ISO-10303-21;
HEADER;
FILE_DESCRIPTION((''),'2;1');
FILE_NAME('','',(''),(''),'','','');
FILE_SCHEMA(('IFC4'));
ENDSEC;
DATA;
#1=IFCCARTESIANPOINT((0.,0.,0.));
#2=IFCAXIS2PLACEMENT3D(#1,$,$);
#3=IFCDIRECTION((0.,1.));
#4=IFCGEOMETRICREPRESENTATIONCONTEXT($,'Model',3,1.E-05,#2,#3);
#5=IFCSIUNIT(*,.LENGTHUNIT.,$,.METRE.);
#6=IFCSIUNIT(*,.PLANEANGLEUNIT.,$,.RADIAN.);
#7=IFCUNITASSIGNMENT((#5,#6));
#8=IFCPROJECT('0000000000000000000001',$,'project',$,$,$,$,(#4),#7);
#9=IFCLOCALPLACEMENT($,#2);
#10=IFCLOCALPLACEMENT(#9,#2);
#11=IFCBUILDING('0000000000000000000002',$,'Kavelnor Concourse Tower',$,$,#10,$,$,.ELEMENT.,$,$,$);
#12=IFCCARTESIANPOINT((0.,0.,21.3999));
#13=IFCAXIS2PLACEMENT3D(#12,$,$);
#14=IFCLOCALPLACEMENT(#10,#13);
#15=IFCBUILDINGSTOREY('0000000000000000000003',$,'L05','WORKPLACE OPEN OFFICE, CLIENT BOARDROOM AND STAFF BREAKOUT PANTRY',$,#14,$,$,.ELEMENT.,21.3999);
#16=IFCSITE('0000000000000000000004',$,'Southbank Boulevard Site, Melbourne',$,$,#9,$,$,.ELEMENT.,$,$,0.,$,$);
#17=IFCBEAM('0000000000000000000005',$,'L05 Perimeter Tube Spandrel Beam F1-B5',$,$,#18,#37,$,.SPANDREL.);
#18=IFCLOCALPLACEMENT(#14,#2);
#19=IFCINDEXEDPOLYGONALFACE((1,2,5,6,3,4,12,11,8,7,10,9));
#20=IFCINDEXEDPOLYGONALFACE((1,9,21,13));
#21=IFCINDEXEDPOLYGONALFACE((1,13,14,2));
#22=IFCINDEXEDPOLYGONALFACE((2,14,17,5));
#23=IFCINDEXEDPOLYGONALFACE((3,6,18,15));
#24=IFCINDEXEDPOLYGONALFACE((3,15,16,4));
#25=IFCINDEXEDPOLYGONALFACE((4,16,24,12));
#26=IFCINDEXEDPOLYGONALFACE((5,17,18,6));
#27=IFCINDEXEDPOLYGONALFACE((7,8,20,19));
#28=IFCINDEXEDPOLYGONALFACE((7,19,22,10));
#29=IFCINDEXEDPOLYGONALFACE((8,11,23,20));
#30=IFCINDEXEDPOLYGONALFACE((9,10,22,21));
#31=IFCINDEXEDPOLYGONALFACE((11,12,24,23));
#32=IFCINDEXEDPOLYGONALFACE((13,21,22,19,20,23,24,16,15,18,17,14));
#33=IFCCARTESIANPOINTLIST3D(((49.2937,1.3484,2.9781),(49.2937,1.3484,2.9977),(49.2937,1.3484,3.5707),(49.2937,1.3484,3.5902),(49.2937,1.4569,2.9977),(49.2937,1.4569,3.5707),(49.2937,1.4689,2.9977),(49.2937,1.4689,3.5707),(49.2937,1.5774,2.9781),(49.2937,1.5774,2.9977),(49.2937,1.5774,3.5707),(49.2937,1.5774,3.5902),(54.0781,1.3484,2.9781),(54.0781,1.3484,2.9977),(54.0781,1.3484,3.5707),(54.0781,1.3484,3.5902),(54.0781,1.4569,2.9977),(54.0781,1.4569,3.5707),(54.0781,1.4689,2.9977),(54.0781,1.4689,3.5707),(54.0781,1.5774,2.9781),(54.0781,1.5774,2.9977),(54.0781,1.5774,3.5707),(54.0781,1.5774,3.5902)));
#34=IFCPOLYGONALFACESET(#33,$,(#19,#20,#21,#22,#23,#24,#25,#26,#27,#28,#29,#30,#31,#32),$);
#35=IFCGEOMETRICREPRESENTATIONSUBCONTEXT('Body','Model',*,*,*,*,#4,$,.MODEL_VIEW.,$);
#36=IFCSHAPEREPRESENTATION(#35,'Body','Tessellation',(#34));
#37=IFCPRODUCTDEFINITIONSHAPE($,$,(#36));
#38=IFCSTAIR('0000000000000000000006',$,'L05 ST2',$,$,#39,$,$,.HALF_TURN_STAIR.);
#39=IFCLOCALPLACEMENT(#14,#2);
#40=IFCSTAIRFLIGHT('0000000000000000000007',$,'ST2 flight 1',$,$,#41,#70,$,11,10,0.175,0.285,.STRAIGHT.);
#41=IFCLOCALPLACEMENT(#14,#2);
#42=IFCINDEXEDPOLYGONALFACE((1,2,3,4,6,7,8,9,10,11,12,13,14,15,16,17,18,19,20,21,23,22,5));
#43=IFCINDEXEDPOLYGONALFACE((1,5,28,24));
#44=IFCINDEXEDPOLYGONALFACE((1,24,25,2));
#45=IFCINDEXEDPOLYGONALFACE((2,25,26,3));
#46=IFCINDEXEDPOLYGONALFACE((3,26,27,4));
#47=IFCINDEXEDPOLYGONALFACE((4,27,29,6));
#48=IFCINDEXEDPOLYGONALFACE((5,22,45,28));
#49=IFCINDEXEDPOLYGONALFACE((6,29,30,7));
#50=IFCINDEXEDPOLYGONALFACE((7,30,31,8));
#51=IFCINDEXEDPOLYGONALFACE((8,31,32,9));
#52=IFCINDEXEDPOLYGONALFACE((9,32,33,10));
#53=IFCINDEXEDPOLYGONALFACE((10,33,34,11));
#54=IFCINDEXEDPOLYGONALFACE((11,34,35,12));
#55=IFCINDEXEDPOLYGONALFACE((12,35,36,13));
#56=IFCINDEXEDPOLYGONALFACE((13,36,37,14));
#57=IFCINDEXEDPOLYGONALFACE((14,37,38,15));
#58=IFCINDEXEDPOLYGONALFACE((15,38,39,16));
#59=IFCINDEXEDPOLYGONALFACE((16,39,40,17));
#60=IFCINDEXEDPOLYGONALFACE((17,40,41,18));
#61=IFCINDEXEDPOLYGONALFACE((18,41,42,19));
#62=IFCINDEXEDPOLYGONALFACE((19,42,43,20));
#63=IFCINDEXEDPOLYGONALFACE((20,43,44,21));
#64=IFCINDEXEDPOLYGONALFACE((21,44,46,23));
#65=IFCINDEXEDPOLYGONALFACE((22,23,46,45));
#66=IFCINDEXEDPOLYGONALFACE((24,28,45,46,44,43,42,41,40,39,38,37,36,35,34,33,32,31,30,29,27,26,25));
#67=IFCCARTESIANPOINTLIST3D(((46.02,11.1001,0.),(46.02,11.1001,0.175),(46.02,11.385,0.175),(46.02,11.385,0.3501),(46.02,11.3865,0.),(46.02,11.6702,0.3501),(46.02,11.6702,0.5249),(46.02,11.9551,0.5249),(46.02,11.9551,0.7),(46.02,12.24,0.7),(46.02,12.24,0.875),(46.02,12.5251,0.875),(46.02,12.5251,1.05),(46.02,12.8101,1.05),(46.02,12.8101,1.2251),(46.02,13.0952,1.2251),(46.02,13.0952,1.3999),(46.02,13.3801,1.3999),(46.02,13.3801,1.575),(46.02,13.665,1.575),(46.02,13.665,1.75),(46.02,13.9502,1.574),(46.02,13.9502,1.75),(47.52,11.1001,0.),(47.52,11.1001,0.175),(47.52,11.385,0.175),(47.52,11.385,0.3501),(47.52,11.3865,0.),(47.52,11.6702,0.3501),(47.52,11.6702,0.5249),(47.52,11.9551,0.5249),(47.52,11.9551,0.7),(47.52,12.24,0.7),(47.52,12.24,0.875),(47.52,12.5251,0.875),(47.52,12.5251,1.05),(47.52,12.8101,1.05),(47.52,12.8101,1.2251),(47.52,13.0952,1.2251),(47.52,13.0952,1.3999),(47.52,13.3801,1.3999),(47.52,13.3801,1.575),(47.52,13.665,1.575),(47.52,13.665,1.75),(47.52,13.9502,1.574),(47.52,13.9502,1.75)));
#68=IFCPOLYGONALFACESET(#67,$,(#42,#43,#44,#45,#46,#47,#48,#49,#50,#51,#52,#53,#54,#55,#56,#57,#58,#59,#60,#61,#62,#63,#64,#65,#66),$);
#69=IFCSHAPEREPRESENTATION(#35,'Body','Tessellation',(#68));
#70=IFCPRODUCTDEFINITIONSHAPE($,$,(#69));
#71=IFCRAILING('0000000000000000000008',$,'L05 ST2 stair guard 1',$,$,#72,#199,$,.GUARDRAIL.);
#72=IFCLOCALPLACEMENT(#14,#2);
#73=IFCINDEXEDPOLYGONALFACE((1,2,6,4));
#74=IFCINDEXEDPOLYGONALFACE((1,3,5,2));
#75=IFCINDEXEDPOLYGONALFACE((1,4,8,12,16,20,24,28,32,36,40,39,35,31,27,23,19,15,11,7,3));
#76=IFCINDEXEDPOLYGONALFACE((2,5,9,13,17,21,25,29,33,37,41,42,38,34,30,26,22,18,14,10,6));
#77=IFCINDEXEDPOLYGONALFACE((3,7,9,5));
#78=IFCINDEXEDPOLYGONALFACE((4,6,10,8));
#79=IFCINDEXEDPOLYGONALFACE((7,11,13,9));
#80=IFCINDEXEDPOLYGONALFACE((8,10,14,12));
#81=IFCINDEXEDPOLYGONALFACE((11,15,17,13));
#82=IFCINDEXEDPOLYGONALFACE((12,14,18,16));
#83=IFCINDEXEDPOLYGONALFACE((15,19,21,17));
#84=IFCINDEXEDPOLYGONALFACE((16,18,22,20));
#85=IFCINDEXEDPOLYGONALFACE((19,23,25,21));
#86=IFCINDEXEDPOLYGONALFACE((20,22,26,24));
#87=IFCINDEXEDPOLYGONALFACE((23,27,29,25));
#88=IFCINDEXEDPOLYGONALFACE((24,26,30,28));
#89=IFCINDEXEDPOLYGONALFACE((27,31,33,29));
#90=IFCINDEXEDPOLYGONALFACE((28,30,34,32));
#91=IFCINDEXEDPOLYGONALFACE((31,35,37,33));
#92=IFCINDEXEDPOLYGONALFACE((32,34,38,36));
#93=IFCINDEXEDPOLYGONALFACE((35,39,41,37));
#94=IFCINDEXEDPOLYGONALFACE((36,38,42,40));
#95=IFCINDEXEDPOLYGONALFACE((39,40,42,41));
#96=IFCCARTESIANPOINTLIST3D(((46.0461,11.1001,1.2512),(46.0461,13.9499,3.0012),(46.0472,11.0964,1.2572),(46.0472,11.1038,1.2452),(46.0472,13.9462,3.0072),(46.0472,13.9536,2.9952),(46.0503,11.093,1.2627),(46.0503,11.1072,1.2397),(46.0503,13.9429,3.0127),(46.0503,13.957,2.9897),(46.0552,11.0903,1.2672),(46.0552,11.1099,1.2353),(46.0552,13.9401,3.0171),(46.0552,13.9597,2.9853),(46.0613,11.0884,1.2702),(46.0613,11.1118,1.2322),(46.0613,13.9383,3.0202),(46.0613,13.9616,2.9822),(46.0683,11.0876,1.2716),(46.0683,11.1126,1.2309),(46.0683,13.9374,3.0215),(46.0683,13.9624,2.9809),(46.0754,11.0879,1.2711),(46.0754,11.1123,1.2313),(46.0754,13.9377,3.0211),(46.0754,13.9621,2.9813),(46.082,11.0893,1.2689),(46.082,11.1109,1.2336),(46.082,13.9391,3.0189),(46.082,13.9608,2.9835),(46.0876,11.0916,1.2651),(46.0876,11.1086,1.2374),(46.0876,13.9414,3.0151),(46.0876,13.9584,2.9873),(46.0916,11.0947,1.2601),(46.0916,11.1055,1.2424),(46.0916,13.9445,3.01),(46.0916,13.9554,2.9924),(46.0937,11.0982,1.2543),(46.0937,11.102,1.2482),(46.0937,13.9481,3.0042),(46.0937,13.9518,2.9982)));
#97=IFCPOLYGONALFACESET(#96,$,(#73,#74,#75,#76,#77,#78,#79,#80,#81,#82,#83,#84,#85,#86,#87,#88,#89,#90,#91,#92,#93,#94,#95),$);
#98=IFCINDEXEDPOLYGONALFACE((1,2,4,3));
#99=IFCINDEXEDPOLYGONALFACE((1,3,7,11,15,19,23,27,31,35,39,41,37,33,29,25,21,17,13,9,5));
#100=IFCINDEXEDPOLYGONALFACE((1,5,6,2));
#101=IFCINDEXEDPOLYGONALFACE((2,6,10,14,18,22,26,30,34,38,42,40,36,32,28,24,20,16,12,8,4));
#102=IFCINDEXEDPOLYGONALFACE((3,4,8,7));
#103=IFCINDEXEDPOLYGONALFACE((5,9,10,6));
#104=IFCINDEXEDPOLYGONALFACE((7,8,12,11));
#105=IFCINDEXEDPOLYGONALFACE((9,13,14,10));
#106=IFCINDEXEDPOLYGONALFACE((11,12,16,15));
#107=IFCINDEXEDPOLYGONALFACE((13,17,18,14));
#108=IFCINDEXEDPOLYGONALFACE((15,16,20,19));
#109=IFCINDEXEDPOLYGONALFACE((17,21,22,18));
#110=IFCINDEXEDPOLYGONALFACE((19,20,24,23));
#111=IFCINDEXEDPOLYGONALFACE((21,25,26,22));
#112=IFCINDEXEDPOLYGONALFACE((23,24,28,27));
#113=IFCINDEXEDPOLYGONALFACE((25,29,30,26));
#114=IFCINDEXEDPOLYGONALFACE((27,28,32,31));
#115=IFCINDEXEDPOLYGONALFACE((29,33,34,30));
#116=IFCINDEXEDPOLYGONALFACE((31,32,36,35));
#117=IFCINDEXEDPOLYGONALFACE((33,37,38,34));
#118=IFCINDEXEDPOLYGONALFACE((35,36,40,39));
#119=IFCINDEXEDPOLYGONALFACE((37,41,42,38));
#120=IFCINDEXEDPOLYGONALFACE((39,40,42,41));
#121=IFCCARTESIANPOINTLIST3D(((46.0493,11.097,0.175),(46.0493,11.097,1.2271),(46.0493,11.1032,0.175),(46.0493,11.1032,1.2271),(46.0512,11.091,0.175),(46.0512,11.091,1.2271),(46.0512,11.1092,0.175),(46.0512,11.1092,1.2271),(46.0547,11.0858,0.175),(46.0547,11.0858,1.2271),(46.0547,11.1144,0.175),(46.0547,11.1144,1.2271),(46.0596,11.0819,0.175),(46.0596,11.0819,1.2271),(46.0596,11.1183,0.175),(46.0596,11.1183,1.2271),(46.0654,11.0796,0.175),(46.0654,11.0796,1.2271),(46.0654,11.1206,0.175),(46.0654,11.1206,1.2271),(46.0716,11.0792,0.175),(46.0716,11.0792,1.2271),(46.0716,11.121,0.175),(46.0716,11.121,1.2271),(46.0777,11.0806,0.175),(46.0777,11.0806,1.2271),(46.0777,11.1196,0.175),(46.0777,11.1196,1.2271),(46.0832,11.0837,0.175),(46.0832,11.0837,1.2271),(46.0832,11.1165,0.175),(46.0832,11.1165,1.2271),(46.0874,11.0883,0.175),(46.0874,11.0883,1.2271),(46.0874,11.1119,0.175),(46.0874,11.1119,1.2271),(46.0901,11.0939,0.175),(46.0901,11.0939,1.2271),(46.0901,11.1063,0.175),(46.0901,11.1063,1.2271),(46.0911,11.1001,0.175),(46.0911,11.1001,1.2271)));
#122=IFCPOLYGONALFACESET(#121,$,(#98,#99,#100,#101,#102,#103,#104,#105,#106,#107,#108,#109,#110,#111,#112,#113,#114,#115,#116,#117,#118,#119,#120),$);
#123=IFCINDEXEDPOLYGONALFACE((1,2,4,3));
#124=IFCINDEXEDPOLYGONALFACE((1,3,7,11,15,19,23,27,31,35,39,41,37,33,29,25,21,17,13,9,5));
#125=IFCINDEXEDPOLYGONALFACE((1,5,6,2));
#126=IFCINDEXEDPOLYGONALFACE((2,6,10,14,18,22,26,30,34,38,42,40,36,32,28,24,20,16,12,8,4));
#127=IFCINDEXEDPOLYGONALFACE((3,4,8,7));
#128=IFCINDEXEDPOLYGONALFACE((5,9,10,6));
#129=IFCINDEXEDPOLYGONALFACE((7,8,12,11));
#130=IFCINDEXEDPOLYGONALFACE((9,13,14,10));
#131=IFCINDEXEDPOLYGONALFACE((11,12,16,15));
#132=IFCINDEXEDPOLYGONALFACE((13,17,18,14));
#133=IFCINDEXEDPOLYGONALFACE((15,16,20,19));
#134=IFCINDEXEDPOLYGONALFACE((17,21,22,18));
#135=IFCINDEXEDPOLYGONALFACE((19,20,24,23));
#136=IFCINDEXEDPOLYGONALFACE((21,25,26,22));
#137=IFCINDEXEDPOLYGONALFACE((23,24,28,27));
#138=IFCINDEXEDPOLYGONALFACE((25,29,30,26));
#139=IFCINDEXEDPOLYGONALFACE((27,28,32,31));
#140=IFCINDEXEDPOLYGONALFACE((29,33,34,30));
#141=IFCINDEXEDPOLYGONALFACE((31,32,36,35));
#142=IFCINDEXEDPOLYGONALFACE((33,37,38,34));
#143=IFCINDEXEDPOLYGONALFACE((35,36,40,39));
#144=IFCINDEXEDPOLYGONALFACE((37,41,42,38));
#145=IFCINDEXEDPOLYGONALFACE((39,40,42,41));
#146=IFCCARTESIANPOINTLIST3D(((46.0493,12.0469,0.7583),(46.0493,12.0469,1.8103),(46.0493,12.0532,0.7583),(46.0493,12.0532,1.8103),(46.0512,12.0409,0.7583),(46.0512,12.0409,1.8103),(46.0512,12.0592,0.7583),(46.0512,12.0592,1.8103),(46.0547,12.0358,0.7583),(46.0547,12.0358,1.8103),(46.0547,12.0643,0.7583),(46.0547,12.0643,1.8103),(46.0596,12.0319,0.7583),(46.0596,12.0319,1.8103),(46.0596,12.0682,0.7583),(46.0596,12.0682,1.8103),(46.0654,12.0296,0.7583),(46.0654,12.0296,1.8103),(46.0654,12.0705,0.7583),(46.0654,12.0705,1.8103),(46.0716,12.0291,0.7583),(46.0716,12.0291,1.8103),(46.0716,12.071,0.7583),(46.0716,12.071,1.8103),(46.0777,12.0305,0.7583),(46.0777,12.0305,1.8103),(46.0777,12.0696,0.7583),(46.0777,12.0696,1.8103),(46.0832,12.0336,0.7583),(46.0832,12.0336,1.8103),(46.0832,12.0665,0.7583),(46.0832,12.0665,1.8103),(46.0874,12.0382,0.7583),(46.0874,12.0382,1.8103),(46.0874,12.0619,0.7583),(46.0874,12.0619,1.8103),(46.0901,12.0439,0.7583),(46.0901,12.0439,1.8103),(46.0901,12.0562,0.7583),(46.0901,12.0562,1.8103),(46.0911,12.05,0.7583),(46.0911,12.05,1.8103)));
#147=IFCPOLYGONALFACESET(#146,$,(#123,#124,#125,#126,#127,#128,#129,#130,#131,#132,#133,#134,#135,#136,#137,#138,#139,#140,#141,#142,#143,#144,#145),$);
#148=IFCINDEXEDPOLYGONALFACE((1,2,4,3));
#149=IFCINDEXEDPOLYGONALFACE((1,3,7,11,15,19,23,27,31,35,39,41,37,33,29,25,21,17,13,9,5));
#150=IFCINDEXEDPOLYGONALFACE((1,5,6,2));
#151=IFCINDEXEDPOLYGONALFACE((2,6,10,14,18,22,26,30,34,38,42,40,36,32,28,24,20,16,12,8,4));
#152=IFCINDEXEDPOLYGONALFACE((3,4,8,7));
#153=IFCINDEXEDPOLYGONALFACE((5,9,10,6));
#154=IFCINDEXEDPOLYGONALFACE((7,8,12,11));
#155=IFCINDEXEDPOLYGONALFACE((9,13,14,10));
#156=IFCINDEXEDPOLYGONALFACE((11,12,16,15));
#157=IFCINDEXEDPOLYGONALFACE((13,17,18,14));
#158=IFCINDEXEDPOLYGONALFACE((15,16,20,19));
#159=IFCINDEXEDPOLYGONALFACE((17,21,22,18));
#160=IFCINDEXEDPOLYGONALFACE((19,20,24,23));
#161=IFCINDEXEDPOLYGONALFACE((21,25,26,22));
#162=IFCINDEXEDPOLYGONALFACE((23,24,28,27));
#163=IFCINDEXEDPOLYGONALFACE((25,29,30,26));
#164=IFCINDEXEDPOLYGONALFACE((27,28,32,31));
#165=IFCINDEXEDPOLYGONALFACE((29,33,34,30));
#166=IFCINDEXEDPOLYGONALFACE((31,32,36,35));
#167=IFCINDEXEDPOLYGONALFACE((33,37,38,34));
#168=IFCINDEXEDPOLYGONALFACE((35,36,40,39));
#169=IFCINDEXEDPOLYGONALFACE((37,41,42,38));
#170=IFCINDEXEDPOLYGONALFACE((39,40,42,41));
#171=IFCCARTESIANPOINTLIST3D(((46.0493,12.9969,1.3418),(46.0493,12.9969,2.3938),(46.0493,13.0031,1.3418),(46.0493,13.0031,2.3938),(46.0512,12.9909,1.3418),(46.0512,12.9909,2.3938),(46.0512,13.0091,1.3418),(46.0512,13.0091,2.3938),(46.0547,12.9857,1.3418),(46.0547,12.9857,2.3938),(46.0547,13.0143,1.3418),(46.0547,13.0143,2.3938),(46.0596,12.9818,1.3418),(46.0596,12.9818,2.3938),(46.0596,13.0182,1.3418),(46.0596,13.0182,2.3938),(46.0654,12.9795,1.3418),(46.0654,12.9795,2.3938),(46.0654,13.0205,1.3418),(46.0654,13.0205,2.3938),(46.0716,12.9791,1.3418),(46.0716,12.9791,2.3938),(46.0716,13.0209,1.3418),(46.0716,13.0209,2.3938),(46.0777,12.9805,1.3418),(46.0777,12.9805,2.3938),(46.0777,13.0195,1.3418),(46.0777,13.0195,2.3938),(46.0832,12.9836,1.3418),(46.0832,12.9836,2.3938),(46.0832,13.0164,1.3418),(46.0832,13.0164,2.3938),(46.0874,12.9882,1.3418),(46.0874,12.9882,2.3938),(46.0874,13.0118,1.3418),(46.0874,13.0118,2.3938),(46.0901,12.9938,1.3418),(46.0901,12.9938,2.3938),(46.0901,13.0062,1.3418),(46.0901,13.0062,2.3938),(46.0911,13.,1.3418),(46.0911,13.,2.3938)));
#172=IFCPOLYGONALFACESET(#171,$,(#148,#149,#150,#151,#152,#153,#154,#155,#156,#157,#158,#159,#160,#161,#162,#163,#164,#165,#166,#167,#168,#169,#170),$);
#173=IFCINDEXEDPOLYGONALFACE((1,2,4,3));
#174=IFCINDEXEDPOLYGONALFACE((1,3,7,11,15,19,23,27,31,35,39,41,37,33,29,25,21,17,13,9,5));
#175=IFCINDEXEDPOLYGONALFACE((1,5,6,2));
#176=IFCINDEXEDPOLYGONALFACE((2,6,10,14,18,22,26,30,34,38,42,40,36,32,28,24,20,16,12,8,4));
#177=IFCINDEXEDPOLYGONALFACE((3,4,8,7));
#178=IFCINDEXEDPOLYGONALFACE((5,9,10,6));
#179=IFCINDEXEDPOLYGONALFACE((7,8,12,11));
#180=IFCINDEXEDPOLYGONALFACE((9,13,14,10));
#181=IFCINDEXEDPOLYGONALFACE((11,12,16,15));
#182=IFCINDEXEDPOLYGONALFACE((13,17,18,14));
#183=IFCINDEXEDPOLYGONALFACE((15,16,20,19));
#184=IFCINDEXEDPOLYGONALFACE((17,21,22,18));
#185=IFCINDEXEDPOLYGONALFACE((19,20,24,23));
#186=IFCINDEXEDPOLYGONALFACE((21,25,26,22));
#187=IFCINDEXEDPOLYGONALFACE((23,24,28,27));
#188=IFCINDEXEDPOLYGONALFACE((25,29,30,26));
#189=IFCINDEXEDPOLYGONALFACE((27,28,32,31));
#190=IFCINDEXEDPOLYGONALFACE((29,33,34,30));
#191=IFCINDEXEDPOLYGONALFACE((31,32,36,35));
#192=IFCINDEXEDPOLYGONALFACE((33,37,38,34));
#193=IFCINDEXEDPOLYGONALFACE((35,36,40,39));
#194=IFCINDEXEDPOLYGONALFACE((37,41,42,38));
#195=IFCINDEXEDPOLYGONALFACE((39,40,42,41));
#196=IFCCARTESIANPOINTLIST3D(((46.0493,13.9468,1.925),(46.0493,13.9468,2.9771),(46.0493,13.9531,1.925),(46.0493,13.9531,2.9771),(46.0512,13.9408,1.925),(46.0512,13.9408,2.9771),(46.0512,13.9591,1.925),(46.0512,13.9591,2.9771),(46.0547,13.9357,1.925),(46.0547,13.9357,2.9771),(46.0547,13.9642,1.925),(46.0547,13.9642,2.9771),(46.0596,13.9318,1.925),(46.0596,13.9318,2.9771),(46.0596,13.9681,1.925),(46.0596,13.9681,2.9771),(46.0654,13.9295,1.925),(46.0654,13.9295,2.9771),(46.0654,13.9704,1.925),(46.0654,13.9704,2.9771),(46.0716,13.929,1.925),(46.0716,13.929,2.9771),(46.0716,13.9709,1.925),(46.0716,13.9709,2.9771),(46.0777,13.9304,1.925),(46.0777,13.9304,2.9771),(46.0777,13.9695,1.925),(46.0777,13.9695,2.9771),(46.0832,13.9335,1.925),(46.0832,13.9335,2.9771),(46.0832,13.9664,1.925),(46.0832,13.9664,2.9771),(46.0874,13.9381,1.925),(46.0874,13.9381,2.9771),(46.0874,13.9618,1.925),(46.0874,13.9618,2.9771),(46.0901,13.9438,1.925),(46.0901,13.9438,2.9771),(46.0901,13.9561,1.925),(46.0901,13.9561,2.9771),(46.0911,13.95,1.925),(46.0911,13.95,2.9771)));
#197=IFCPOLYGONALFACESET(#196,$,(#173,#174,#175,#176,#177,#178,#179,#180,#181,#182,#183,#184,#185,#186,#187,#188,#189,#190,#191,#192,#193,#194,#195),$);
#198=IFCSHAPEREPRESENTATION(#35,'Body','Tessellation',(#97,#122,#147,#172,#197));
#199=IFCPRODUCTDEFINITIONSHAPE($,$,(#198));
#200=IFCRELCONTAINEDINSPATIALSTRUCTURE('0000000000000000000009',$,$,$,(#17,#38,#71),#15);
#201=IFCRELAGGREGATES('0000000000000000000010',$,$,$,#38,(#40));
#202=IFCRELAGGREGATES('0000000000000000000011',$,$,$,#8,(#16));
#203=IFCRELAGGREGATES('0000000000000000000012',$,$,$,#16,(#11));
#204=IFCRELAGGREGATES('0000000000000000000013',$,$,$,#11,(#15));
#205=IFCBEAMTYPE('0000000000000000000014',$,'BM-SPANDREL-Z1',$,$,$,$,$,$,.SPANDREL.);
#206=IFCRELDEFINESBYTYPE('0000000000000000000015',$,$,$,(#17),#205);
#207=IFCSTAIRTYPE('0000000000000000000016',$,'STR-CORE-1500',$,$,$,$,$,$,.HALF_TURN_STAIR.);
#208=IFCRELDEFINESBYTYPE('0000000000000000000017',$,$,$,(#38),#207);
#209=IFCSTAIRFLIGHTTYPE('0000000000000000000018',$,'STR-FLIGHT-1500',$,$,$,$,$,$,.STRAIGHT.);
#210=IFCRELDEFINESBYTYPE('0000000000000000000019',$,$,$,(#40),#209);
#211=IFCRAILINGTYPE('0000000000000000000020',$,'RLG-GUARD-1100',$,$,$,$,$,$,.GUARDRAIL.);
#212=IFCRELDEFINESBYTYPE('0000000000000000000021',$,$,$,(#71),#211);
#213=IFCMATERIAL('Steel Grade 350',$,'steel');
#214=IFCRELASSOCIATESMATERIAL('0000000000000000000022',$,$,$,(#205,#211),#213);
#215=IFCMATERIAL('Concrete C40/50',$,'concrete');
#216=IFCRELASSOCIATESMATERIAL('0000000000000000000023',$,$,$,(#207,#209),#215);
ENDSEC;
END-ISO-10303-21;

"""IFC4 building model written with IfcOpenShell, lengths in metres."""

from ifc_helpers import new_model, si_unit, direction, frame, origin, origin_2d, place, context, subcontext, project, spatial, polyline, circle, i_section, outline, extrude, material, material_profile, profile_set, type_object, element, aggregate, save


model = new_model("IFC4")

# Units and contexts
model_context = context("Model", 3, precision=1e-05, world=origin(), true_north=direction((0.0, 1.0)))
body_context = subcontext(model_context, "Body", "Model", "MODEL_VIEW")
ifc_project = project(units=[si_unit("LENGTHUNIT", "METRE"), si_unit("PLANEANGLEUNIT", "RADIAN")], contexts=[model_context])

# Site, building, storey
site_placement = place(None, origin())
site = spatial("IfcSite", under=ifc_project, at=site_placement, Name="Southbank Boulevard Site, Melbourne", CompositionType="ELEMENT", RefElevation=0.0)
building_placement = place(site_placement, origin())
building = spatial("IfcBuilding", under=site, at=building_placement, Name="Kavelnor Concourse Tower", CompositionType="ELEMENT")
storey_placement = place(building_placement, frame((0.0, 0.0, 21.3999)))
storey = spatial("IfcBuildingStorey", under=building, at=storey_placement, Name="L05", Description="WORKPLACE OPEN OFFICE, CLIENT BOARDROOM AND STAFF BREAKOUT PANTRY", CompositionType="ELEMENT", Elevation=21.3999)

# Shared definitions
ifc_material_1 = material(Name="Steel Grade 350", Category="steel")

# Beam
ifc_material_profile_1 = material_profile(ifc_material_1, i_section(OverallWidth=0.229, OverallDepth=0.6121, WebThickness=0.012, FlangeThickness=0.0195, at=origin_2d()), Name="610UB125")
ifc_profile_set_1 = profile_set([ifc_material_profile_1], Name="Steel Grade 350")
beam_type_1 = type_object("IfcBeamType", Name="BM-SPANDREL-Z1", PredefinedType="SPANDREL", material=ifc_profile_set_1)
beam_1_placement = place(storey_placement, frame((49.2937, 1.4629, 3.2842), z_axis=(1.0, 0.0, 0.0), x_axis=(0.0, 1.0, 0.0)))
element("IfcBeam", 1, at=beam_1_placement, inside=storey, type_object=beam_type_1, Name="L05 Perimeter Tube Spandrel Beam F1-B5", PredefinedType="SPANDREL", context=body_context, shape_type="SweptSolid", body=[
    extrude(i_section(OverallWidth=0.229, OverallDepth=0.6121, WebThickness=0.012, FlangeThickness=0.0195, at=origin_2d()), origin(), (0.0, 0.0, 1.0), 4.7844),
])

# Stair, stair flight
ifc_material_2 = material(Name="Concrete C40/50", Category="concrete")
stair_type = type_object("IfcStairType", Name="STR-CORE-1500", PredefinedType="HALF_TURN_STAIR", material=ifc_material_2)
stair_placement = place(storey_placement, origin())
stair = element("IfcStair", 2, at=stair_placement, inside=storey, type_object=stair_type, Name="L05 ST2", PredefinedType="HALF_TURN_STAIR")
stair_flight_type = type_object("IfcStairFlightType", Name="STR-FLIGHT-1500", PredefinedType="STRAIGHT", material=ifc_material_2)
stair_flight_placement = place(storey_placement, frame((46.77, 11.1001, 0.0), z_axis=(0.0, 0.0, 1.0), x_axis=(0.0, 1.0, 0.0)))
stair_flight = element("IfcStairFlight", 3, at=stair_flight_placement, type_object=stair_flight_type, Name="ST2 flight 1", NumberOfRisers=11, NumberOfTreads=10, PredefinedType="STRAIGHT", RiserHeight=0.175, TreadLength=0.285, context=body_context, shape_type="SweptSolid", body=[
    extrude(outline(polyline([(0.0, 0.0), (0.0, 0.175), (0.2849, 0.175), (0.2849, 0.3501), (0.5701, 0.3501), (0.5701, 0.5249), (0.855, 0.5249), (0.855, 0.7), (1.1399, 0.7), (1.1399, 0.875), (1.425, 0.875), (1.425, 1.05), (1.71, 1.05), (1.71, 1.2251), (1.9951, 1.2251), (1.9951, 1.3999), (2.28, 1.3999), (2.28, 1.575), (2.5649, 1.575), (2.5649, 1.75), (2.8501, 1.75), (2.8501, 1.925), (2.8501, 1.574), (0.2864, 0.0), (0.0, 0.0)])), frame((0.0, 0.75, 0.0), z_axis=(0.0, -1.0, 0.0), x_axis=(1.0, 0.0, 0.0)), (0.0, 0.0, 1.0), 1.5),
])
aggregate(stair, [stair_flight])

# Railing
railing_type_1 = type_object("IfcRailingType", Name="RLG-GUARD-1100", PredefinedType="GUARDRAIL", material=ifc_material_1)
railing_1_placement = place(storey_placement, frame((46.0701, 11.1001, 0.175)))
element("IfcRailing", 4, at=railing_1_placement, inside=storey, type_object=railing_type_1, Name="L05 ST2 stair guard 1", PredefinedType="GUARDRAIL", context=body_context, shape_type="SweptSolid", body=[
    extrude(circle(Radius=0.0239, at=origin_2d()), frame((0.0, 0.0, 1.0762), z_axis=(0.0, 0.852159, 0.523283), x_axis=(-1.0, 0.0, 0.0)), (0.0, 0.0, 1.0), 3.3442),
    extrude(circle(Radius=0.021, at=origin_2d()), origin(), (0.0, 0.0, 1.0), 1.052),
    extrude(circle(Radius=0.021, at=origin_2d()), frame((0.0, 0.95, 0.5833)), (0.0, 0.0, 1.0), 1.052),
    extrude(circle(Radius=0.021, at=origin_2d()), frame((0.0, 1.8999, 1.1667)), (0.0, 0.0, 1.0), 1.052),
    extrude(circle(Radius=0.021, at=origin_2d()), frame((0.0, 2.8499, 1.75)), (0.0, 0.0, 1.0), 1.052),
])

save(model, "model.ifc")
